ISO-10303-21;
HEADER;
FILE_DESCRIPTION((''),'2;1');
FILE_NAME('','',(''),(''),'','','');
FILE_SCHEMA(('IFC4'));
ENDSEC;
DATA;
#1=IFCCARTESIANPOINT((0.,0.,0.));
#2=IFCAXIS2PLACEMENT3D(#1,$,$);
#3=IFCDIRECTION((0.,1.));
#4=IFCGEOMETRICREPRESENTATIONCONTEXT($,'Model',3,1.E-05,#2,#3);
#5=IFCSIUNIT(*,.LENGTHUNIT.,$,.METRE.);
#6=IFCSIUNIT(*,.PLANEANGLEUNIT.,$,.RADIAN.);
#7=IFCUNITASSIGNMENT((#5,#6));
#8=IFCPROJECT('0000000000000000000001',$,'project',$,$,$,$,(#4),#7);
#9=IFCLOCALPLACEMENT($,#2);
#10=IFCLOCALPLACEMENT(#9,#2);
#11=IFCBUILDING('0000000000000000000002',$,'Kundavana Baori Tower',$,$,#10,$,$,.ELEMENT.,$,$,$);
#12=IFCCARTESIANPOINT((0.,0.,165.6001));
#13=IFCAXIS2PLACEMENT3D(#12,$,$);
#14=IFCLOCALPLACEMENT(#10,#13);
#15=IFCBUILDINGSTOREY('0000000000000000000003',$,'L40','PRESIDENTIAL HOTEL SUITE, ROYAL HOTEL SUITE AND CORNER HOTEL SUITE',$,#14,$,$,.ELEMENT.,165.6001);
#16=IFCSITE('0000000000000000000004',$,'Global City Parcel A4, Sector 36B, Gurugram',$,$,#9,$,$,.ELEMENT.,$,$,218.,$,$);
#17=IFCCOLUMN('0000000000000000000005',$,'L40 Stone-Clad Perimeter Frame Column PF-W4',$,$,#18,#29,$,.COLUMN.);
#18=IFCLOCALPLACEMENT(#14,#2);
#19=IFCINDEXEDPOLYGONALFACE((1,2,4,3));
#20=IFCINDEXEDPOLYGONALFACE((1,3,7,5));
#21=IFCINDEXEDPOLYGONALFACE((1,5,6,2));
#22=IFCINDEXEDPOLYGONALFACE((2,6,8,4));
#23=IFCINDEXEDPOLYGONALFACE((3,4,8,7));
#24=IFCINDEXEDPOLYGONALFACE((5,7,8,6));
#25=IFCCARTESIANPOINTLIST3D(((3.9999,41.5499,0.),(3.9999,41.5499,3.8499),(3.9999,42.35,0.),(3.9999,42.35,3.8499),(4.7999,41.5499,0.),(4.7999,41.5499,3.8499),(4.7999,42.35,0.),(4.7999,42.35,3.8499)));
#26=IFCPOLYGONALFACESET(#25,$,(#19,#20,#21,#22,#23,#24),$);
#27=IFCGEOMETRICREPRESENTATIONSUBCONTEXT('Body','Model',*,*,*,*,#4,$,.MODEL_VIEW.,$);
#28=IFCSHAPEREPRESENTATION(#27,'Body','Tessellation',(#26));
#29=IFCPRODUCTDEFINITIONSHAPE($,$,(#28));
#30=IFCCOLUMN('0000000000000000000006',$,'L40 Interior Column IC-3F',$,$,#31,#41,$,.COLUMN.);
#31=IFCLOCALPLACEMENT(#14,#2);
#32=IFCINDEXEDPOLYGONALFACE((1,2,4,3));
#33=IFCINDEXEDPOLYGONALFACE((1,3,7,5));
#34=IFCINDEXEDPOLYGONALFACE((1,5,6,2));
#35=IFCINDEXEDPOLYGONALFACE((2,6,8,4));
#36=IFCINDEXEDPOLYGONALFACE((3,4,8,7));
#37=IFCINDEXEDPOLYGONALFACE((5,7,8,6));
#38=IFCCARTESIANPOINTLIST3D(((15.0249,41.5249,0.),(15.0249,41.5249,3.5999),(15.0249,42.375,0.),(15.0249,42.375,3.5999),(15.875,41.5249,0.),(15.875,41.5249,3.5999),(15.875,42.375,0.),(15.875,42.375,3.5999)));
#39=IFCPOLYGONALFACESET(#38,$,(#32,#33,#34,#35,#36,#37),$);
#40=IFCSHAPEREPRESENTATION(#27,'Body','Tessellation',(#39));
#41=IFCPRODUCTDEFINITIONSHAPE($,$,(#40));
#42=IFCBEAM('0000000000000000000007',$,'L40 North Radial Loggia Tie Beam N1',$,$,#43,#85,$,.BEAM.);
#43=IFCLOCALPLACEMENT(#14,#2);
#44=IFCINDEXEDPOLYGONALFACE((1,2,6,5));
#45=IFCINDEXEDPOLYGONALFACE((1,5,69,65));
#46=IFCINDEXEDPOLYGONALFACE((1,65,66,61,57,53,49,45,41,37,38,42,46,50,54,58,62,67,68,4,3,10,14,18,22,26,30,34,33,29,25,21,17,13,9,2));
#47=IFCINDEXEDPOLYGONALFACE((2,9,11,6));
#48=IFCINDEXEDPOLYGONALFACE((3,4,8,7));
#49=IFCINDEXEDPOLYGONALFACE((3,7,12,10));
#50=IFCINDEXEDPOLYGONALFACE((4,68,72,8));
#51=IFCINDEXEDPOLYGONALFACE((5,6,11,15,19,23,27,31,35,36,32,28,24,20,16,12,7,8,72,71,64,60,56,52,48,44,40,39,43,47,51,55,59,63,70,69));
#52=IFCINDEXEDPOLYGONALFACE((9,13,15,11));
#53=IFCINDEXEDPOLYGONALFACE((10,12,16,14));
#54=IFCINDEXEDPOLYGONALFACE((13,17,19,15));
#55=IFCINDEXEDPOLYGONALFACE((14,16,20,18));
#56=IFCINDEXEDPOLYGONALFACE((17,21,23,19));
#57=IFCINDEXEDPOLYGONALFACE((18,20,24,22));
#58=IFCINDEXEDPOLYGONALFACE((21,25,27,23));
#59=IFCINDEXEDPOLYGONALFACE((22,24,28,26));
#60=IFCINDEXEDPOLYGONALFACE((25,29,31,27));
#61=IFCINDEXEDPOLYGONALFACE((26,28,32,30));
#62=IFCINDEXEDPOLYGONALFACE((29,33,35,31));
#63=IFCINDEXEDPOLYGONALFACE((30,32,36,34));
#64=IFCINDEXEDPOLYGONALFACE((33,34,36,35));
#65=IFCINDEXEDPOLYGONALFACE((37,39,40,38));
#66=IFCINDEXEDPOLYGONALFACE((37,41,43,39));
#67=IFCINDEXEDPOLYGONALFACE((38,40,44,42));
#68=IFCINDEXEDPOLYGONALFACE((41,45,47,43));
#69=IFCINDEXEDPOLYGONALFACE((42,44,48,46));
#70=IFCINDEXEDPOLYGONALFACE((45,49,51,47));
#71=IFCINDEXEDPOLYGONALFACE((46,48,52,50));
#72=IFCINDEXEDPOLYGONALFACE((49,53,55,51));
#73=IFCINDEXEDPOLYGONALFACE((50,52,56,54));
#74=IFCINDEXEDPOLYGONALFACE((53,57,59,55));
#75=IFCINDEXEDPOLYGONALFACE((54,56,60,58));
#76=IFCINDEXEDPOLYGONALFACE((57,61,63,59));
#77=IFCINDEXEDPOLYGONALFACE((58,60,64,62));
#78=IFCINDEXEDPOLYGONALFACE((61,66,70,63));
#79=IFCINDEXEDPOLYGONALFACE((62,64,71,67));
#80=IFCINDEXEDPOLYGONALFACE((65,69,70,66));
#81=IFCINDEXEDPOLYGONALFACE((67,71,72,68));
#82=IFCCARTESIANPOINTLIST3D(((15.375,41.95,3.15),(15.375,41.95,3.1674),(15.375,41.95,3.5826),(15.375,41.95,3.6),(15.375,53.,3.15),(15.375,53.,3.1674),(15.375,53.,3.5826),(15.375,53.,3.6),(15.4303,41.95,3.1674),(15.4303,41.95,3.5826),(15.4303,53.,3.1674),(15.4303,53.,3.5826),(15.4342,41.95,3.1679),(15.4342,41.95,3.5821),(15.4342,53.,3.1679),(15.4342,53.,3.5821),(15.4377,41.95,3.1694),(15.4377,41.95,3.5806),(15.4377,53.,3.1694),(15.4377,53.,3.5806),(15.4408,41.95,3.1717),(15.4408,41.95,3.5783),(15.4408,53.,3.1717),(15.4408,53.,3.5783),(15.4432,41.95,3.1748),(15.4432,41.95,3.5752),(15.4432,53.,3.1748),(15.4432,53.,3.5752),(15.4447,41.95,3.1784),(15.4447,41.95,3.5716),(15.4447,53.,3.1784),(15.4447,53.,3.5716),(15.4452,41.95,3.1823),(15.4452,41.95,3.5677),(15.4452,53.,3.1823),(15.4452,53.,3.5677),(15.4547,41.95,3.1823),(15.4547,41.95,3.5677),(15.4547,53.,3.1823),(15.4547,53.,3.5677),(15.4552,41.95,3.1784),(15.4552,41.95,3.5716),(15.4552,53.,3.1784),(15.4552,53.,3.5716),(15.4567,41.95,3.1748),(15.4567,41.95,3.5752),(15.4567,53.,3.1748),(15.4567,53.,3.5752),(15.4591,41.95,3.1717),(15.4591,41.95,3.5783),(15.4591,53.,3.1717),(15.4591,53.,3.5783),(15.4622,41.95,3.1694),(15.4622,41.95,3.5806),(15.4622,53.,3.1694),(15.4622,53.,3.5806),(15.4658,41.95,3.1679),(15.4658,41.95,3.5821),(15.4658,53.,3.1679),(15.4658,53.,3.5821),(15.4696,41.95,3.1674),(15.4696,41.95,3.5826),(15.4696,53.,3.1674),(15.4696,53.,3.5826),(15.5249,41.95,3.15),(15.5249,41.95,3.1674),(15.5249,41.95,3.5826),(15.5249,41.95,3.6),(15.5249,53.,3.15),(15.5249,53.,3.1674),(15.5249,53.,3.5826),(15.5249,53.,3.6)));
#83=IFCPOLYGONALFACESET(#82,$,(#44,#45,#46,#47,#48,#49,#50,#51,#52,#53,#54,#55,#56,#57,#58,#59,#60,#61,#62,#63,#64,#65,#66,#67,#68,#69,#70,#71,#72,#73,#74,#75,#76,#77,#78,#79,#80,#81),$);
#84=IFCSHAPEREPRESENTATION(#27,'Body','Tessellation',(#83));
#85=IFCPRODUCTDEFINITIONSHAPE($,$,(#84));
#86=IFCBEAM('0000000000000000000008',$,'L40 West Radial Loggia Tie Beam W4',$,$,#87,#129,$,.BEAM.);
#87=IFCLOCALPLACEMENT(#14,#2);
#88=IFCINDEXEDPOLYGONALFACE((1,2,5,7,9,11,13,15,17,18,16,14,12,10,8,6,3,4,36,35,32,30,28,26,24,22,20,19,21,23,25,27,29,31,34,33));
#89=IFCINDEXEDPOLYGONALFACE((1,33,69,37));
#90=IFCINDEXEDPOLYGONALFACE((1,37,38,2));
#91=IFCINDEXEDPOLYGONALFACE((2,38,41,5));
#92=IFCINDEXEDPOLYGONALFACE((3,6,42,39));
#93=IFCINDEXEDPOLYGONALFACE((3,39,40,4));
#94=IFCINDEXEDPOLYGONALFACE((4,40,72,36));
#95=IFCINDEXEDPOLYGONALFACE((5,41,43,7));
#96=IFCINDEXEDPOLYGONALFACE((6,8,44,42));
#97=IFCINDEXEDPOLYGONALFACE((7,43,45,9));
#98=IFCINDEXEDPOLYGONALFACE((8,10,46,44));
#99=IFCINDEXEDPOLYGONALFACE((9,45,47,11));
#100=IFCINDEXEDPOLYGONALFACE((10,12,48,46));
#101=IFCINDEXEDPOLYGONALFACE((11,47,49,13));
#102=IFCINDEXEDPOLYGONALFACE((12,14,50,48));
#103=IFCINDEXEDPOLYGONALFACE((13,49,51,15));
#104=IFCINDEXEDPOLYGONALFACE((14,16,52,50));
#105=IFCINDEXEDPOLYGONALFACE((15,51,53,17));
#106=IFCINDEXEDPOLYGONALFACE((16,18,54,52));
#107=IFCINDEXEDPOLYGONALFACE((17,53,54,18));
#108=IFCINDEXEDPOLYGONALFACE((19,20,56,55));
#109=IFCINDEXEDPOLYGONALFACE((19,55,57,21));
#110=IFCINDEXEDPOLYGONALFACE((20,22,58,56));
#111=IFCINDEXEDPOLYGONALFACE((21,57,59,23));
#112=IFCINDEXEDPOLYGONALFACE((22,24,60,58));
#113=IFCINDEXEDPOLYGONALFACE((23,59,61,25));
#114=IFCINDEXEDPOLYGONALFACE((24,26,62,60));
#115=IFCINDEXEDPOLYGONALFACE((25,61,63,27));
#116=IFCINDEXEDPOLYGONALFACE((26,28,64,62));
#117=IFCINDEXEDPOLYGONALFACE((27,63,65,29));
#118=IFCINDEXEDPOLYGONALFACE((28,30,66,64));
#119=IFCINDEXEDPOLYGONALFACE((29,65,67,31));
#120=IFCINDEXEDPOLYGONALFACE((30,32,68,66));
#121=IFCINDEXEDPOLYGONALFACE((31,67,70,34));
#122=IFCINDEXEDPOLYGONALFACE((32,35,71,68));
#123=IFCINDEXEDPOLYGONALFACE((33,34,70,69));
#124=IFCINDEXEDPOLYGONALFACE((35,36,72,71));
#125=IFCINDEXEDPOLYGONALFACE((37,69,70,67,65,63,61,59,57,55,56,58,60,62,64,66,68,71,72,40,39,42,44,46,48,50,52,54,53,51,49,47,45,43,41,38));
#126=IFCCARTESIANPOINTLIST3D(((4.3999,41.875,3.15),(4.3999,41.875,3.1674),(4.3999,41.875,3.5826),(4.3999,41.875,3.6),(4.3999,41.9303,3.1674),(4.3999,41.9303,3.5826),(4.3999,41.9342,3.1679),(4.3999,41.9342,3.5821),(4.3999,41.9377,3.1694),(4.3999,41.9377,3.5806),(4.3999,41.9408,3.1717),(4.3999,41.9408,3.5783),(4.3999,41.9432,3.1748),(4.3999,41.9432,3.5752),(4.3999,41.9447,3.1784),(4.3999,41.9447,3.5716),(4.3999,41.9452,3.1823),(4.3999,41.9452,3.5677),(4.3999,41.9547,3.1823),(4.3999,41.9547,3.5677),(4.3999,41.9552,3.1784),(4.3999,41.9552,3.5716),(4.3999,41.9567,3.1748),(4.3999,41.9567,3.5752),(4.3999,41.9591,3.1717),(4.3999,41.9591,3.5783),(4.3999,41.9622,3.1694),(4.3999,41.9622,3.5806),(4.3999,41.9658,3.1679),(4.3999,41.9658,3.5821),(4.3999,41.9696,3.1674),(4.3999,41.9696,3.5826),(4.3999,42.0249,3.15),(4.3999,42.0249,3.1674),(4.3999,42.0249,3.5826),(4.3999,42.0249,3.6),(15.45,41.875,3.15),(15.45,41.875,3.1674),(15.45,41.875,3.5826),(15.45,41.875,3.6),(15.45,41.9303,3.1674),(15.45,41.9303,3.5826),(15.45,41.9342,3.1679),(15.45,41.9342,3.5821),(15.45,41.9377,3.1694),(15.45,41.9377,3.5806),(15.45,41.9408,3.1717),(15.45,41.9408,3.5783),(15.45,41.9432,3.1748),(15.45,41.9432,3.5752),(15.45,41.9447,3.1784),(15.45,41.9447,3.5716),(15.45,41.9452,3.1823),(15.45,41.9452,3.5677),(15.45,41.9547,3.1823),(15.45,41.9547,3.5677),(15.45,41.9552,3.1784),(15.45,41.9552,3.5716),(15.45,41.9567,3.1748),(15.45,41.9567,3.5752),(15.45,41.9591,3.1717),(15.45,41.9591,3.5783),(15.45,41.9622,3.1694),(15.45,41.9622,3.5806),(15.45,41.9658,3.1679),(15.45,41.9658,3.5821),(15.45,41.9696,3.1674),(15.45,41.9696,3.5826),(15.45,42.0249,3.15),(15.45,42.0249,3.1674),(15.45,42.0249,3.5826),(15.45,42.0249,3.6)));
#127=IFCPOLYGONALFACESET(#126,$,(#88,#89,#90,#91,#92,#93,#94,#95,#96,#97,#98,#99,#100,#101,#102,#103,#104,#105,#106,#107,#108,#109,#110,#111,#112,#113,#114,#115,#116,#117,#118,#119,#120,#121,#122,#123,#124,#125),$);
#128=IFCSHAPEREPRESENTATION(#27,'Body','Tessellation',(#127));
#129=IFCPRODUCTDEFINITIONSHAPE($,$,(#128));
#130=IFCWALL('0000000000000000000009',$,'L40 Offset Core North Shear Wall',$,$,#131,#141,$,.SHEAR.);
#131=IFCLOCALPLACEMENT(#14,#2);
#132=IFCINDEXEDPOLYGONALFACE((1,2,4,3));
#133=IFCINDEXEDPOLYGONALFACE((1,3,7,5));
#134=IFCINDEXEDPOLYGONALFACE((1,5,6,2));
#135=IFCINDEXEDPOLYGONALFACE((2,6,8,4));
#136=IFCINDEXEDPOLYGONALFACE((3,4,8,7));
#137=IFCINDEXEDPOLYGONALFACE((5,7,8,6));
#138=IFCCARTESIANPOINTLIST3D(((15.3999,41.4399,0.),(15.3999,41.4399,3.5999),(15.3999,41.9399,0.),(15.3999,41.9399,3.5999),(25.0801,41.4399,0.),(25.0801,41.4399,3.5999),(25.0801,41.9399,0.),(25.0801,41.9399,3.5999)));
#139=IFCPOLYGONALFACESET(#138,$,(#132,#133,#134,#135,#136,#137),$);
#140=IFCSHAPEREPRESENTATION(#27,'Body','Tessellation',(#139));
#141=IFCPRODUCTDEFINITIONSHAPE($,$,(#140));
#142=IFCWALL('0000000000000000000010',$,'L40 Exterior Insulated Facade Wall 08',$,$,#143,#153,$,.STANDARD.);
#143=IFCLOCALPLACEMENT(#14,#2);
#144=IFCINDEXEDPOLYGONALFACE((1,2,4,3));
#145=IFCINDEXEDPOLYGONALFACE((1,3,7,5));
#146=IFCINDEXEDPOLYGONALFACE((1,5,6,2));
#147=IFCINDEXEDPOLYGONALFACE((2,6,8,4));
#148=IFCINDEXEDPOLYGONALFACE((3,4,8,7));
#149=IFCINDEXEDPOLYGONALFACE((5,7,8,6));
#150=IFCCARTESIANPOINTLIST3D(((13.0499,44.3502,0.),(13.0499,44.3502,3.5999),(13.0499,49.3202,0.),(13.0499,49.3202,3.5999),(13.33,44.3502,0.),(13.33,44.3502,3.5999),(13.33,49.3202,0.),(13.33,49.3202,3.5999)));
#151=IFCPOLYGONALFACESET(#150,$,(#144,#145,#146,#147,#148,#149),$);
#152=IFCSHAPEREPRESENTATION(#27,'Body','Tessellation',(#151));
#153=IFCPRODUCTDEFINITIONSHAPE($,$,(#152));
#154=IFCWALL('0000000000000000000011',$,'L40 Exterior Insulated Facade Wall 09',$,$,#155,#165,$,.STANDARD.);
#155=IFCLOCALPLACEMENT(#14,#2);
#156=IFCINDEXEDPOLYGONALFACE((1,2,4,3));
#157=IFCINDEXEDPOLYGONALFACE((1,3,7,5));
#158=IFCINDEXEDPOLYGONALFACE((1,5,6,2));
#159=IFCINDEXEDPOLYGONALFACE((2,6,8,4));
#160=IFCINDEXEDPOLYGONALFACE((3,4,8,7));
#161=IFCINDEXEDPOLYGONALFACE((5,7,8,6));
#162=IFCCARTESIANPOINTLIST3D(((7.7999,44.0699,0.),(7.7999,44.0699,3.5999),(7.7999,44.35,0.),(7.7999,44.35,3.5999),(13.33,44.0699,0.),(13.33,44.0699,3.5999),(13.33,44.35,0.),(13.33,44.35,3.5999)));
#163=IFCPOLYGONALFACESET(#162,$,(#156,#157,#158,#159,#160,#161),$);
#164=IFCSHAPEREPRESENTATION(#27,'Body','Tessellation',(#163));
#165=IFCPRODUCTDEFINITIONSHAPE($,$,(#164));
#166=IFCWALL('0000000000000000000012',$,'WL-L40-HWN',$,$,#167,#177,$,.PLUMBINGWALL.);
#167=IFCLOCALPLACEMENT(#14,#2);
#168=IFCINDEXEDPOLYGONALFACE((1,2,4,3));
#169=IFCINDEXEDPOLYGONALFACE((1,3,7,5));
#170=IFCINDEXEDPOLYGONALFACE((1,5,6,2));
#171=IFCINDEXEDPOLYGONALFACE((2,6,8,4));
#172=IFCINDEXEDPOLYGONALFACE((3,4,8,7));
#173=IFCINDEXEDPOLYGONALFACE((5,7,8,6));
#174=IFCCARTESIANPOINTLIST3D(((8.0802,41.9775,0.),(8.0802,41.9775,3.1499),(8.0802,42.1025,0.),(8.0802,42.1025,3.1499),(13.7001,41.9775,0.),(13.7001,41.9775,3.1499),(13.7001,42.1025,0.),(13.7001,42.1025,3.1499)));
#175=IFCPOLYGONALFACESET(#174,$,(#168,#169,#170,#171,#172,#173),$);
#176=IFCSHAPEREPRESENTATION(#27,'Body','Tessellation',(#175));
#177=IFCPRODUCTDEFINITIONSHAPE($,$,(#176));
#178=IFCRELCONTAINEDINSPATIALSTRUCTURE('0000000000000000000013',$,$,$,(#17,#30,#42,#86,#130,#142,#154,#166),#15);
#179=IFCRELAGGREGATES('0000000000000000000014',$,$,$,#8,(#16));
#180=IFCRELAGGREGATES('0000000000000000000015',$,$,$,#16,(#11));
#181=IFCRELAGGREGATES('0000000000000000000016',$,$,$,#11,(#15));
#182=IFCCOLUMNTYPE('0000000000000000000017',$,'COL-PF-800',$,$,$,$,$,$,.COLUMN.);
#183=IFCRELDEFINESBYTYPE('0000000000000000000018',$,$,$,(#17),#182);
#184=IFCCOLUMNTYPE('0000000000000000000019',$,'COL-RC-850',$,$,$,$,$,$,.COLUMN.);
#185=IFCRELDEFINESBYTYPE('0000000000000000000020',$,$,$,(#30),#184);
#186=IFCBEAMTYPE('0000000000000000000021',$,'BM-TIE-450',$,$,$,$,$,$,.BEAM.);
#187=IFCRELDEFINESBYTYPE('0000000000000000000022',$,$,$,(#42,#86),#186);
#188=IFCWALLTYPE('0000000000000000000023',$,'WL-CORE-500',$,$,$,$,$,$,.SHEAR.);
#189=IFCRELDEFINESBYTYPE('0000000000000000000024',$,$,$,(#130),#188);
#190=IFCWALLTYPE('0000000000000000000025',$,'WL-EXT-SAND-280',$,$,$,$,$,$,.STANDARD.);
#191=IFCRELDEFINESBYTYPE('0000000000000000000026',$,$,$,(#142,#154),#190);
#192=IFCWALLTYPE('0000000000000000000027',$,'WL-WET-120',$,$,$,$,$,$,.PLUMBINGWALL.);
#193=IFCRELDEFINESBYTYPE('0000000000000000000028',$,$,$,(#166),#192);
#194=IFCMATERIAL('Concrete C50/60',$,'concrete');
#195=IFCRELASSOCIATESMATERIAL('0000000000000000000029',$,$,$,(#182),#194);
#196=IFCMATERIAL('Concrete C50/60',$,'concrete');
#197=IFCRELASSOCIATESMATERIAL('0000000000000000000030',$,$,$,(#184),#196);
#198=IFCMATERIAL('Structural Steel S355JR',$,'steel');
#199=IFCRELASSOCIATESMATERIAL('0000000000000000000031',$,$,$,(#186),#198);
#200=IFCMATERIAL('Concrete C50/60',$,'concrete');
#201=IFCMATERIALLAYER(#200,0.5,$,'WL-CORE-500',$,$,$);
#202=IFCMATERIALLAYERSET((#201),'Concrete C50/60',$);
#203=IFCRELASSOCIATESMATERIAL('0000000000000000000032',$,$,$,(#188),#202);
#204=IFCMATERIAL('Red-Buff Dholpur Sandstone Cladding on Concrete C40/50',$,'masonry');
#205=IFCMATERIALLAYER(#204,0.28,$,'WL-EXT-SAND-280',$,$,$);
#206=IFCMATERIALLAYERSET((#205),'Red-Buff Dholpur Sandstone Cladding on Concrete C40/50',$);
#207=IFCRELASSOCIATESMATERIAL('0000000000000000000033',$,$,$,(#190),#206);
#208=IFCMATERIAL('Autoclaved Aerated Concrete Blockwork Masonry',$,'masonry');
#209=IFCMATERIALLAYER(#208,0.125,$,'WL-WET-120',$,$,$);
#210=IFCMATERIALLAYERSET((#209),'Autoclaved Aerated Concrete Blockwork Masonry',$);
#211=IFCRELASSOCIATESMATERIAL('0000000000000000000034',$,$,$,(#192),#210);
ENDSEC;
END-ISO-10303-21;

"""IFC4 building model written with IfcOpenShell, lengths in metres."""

from ifc_helpers import new_model, si_unit, direction, frame, frame_2d, origin, origin_2d, place, context, subcontext, project, spatial, rectangle, i_section, extrude, material, layer, layer_set, material_profile, profile_set, type_object, element, save


model = new_model("IFC4")

# Units and contexts
model_context = context("Model", 3, precision=1e-05, world=origin(), true_north=direction((0.0, 1.0)))
body_context = subcontext(model_context, "Body", "Model", "MODEL_VIEW")
ifc_project = project(units=[si_unit("LENGTHUNIT", "METRE"), si_unit("PLANEANGLEUNIT", "RADIAN")], contexts=[model_context])

# Site, building, storey
site_placement = place(None, origin())
site = spatial("IfcSite", under=ifc_project, at=site_placement, Name="Global City Parcel A4, Sector 36B, Gurugram", CompositionType="ELEMENT", RefElevation=218.0)
building_placement = place(site_placement, origin())
building = spatial("IfcBuilding", under=site, at=building_placement, Name="Kundavana Baori Tower", CompositionType="ELEMENT")
storey_placement = place(building_placement, frame((0.0, 0.0, 165.6001)))
storey = spatial("IfcBuildingStorey", under=building, at=storey_placement, Name="L40", Description="PRESIDENTIAL HOTEL SUITE, ROYAL HOTEL SUITE AND CORNER HOTEL SUITE", CompositionType="ELEMENT", Elevation=165.6001)

# Columns
ifc_material_1 = material(Name="Concrete C50/60", Category="concrete")
ifc_material_profile_1 = material_profile(ifc_material_1, rectangle(XDim=0.8, YDim=0.8, at=origin_2d()), Name="RC PF 800x800")
ifc_profile_set_1 = profile_set([ifc_material_profile_1], Name="Concrete C50/60")
column_type_1 = type_object("IfcColumnType", Name="COL-PF-800", PredefinedType="COLUMN", material=ifc_profile_set_1)
column_1_placement = place(storey_placement, frame((4.3999, 41.95, 0.0), z_axis=(0.0, 0.0, 1.0), x_axis=(1.0, 0.0, 0.0)))
element("IfcColumn", 1, at=column_1_placement, inside=storey, type_object=column_type_1, Name="L40 Stone-Clad Perimeter Frame Column PF-W4", PredefinedType="COLUMN", context=body_context, shape_type="SweptSolid", body=[
    extrude(rectangle(XDim=0.8, YDim=0.8, at=origin_2d()), origin(), (0.0, 0.0, 1.0), 3.8499),
])
ifc_material_2 = material(Name="Concrete C50/60", Category="concrete")
ifc_material_profile_2 = material_profile(ifc_material_2, rectangle(XDim=0.8501, YDim=0.8501, at=origin_2d()), Name="RC 850x850")
ifc_profile_set_2 = profile_set([ifc_material_profile_2], Name="Concrete C50/60")
column_type_2 = type_object("IfcColumnType", Name="COL-RC-850", PredefinedType="COLUMN", material=ifc_profile_set_2)
column_2_placement = place(storey_placement, frame((15.45, 41.95, 0.0), z_axis=(0.0, 0.0, 1.0), x_axis=(1.0, 0.0, 0.0)))
element("IfcColumn", 2, at=column_2_placement, inside=storey, type_object=column_type_2, Name="L40 Interior Column IC-3F", PredefinedType="COLUMN", context=body_context, shape_type="SweptSolid", body=[
    extrude(rectangle(XDim=0.8501, YDim=0.8501, at=origin_2d()), origin(), (0.0, 0.0, 1.0), 3.5999),
])

# Beams
ifc_material_3 = material(Name="Structural Steel S355JR", Category="steel")
ifc_material_profile_3 = material_profile(ifc_material_3, i_section(OverallWidth=0.1499, OverallDepth=0.45, WebThickness=0.0095, FlangeThickness=0.0173, FilletRadius=0.0149, at=origin_2d()), Name="ISMB 450")
ifc_profile_set_3 = profile_set([ifc_material_profile_3], Name="Structural Steel S355JR")
beam_type = type_object("IfcBeamType", Name="BM-TIE-450", PredefinedType="BEAM", material=ifc_profile_set_3)
for number, where, z_axis, x_axis, name in (
    (3, (15.45, 41.95, 3.375), (0.0, 1.0, 0.0), (-1.0, 0.0, 0.0), "L40 North Radial Loggia Tie Beam N1"),
    (4, (15.45, 41.95, 3.375), (-1.0, 0.0, 0.0), (0.0, -1.0, 0.0), "L40 West Radial Loggia Tie Beam W4"),
):
    element("IfcBeam", number, at=place(storey_placement, frame(where, z_axis=z_axis, x_axis=x_axis)), inside=storey, type_object=beam_type, Name=name, PredefinedType="BEAM", context=body_context, shape_type="SweptSolid", body=[
        extrude(i_section(OverallWidth=0.1499, OverallDepth=0.45, WebThickness=0.0095, FlangeThickness=0.0173, FilletRadius=0.0149, at=origin_2d()), origin(), (0.0, 0.0, 1.0), 11.05),
    ])

# Walls
ifc_material_4 = material(Name="Concrete C50/60", Category="concrete")
ifc_layer_1 = layer(ifc_material_4, 0.5, Name="WL-CORE-500")
ifc_layer_set_1 = layer_set([ifc_layer_1], Name="Concrete C50/60")
wall_type_1 = type_object("IfcWallType", Name="WL-CORE-500", PredefinedType="SHEAR", material=ifc_layer_set_1)
wall_1_placement = place(storey_placement, frame((15.3999, 41.6899, 0.0), z_axis=(0.0, 0.0, 1.0), x_axis=(1.0, 0.0, 0.0)))
element("IfcWall", 5, at=wall_1_placement, inside=storey, type_object=wall_type_1, Name="L40 Offset Core North Shear Wall", PredefinedType="SHEAR", context=body_context, shape_type="SweptSolid", body=[
    extrude(rectangle(XDim=9.6802, YDim=0.5, at=frame_2d((4.8401, 0.0))), origin(), (0.0, 0.0, 1.0), 3.5999),
])
ifc_material_5 = material(Name="Red-Buff Dholpur Sandstone Cladding on Concrete C40/50", Category="masonry")
ifc_layer_2 = layer(ifc_material_5, 0.28, Name="WL-EXT-SAND-280")
ifc_layer_set_2 = layer_set([ifc_layer_2], Name="Red-Buff Dholpur Sandstone Cladding on Concrete C40/50")
wall_type_2 = type_object("IfcWallType", Name="WL-EXT-SAND-280", PredefinedType="STANDARD", material=ifc_layer_set_2)
wall_2_placement = place(storey_placement, frame((13.1899, 49.3201, 0.0), z_axis=(0.0, 0.0, 1.0), x_axis=(0.0, -1.0, 0.0)))
element("IfcWall", 6, at=wall_2_placement, inside=storey, type_object=wall_type_2, Name="L40 Exterior Insulated Facade Wall 08", PredefinedType="STANDARD", context=body_context, shape_type="SweptSolid", body=[
    extrude(rectangle(XDim=4.97, YDim=0.28, at=frame_2d((2.4849, 0.0))), origin(), (0.0, 0.0, 1.0), 3.5999),
])
wall_3_placement = place(storey_placement, frame((13.3301, 44.21, 0.0), z_axis=(0.0, 0.0, 1.0), x_axis=(-1.0, 0.0, 0.0)))
element("IfcWall", 7, at=wall_3_placement, inside=storey, type_object=wall_type_2, Name="L40 Exterior Insulated Facade Wall 09", PredefinedType="STANDARD", context=body_context, shape_type="SweptSolid", body=[
    extrude(rectangle(XDim=5.53, YDim=0.28, at=frame_2d((2.7651, 0.0))), origin(), (0.0, 0.0, 1.0), 3.5999),
])

# Wall
ifc_material_6 = material(Name="Autoclaved Aerated Concrete Blockwork Masonry", Category="masonry")
ifc_layer_3 = layer(ifc_material_6, 0.125, Name="WL-WET-120")
ifc_layer_set_3 = layer_set([ifc_layer_3], Name="Autoclaved Aerated Concrete Blockwork Masonry")
wall_type_3 = type_object("IfcWallType", Name="WL-WET-120", PredefinedType="PLUMBINGWALL", material=ifc_layer_set_3)
wall_4_placement = place(storey_placement, frame((8.0801, 42.04, 0.0), z_axis=(0.0, 0.0, 1.0), x_axis=(1.0, 0.0, 0.0)))
element("IfcWall", 8, at=wall_4_placement, inside=storey, type_object=wall_type_3, Name="WL-L40-HWN", PredefinedType="PLUMBINGWALL", context=body_context, shape_type="SweptSolid", body=[
    extrude(rectangle(XDim=5.6199, YDim=0.125, at=frame_2d((2.8101, 0.0))), origin(), (0.0, 0.0, 1.0), 3.1499),
])

save(model, "model.ifc")
